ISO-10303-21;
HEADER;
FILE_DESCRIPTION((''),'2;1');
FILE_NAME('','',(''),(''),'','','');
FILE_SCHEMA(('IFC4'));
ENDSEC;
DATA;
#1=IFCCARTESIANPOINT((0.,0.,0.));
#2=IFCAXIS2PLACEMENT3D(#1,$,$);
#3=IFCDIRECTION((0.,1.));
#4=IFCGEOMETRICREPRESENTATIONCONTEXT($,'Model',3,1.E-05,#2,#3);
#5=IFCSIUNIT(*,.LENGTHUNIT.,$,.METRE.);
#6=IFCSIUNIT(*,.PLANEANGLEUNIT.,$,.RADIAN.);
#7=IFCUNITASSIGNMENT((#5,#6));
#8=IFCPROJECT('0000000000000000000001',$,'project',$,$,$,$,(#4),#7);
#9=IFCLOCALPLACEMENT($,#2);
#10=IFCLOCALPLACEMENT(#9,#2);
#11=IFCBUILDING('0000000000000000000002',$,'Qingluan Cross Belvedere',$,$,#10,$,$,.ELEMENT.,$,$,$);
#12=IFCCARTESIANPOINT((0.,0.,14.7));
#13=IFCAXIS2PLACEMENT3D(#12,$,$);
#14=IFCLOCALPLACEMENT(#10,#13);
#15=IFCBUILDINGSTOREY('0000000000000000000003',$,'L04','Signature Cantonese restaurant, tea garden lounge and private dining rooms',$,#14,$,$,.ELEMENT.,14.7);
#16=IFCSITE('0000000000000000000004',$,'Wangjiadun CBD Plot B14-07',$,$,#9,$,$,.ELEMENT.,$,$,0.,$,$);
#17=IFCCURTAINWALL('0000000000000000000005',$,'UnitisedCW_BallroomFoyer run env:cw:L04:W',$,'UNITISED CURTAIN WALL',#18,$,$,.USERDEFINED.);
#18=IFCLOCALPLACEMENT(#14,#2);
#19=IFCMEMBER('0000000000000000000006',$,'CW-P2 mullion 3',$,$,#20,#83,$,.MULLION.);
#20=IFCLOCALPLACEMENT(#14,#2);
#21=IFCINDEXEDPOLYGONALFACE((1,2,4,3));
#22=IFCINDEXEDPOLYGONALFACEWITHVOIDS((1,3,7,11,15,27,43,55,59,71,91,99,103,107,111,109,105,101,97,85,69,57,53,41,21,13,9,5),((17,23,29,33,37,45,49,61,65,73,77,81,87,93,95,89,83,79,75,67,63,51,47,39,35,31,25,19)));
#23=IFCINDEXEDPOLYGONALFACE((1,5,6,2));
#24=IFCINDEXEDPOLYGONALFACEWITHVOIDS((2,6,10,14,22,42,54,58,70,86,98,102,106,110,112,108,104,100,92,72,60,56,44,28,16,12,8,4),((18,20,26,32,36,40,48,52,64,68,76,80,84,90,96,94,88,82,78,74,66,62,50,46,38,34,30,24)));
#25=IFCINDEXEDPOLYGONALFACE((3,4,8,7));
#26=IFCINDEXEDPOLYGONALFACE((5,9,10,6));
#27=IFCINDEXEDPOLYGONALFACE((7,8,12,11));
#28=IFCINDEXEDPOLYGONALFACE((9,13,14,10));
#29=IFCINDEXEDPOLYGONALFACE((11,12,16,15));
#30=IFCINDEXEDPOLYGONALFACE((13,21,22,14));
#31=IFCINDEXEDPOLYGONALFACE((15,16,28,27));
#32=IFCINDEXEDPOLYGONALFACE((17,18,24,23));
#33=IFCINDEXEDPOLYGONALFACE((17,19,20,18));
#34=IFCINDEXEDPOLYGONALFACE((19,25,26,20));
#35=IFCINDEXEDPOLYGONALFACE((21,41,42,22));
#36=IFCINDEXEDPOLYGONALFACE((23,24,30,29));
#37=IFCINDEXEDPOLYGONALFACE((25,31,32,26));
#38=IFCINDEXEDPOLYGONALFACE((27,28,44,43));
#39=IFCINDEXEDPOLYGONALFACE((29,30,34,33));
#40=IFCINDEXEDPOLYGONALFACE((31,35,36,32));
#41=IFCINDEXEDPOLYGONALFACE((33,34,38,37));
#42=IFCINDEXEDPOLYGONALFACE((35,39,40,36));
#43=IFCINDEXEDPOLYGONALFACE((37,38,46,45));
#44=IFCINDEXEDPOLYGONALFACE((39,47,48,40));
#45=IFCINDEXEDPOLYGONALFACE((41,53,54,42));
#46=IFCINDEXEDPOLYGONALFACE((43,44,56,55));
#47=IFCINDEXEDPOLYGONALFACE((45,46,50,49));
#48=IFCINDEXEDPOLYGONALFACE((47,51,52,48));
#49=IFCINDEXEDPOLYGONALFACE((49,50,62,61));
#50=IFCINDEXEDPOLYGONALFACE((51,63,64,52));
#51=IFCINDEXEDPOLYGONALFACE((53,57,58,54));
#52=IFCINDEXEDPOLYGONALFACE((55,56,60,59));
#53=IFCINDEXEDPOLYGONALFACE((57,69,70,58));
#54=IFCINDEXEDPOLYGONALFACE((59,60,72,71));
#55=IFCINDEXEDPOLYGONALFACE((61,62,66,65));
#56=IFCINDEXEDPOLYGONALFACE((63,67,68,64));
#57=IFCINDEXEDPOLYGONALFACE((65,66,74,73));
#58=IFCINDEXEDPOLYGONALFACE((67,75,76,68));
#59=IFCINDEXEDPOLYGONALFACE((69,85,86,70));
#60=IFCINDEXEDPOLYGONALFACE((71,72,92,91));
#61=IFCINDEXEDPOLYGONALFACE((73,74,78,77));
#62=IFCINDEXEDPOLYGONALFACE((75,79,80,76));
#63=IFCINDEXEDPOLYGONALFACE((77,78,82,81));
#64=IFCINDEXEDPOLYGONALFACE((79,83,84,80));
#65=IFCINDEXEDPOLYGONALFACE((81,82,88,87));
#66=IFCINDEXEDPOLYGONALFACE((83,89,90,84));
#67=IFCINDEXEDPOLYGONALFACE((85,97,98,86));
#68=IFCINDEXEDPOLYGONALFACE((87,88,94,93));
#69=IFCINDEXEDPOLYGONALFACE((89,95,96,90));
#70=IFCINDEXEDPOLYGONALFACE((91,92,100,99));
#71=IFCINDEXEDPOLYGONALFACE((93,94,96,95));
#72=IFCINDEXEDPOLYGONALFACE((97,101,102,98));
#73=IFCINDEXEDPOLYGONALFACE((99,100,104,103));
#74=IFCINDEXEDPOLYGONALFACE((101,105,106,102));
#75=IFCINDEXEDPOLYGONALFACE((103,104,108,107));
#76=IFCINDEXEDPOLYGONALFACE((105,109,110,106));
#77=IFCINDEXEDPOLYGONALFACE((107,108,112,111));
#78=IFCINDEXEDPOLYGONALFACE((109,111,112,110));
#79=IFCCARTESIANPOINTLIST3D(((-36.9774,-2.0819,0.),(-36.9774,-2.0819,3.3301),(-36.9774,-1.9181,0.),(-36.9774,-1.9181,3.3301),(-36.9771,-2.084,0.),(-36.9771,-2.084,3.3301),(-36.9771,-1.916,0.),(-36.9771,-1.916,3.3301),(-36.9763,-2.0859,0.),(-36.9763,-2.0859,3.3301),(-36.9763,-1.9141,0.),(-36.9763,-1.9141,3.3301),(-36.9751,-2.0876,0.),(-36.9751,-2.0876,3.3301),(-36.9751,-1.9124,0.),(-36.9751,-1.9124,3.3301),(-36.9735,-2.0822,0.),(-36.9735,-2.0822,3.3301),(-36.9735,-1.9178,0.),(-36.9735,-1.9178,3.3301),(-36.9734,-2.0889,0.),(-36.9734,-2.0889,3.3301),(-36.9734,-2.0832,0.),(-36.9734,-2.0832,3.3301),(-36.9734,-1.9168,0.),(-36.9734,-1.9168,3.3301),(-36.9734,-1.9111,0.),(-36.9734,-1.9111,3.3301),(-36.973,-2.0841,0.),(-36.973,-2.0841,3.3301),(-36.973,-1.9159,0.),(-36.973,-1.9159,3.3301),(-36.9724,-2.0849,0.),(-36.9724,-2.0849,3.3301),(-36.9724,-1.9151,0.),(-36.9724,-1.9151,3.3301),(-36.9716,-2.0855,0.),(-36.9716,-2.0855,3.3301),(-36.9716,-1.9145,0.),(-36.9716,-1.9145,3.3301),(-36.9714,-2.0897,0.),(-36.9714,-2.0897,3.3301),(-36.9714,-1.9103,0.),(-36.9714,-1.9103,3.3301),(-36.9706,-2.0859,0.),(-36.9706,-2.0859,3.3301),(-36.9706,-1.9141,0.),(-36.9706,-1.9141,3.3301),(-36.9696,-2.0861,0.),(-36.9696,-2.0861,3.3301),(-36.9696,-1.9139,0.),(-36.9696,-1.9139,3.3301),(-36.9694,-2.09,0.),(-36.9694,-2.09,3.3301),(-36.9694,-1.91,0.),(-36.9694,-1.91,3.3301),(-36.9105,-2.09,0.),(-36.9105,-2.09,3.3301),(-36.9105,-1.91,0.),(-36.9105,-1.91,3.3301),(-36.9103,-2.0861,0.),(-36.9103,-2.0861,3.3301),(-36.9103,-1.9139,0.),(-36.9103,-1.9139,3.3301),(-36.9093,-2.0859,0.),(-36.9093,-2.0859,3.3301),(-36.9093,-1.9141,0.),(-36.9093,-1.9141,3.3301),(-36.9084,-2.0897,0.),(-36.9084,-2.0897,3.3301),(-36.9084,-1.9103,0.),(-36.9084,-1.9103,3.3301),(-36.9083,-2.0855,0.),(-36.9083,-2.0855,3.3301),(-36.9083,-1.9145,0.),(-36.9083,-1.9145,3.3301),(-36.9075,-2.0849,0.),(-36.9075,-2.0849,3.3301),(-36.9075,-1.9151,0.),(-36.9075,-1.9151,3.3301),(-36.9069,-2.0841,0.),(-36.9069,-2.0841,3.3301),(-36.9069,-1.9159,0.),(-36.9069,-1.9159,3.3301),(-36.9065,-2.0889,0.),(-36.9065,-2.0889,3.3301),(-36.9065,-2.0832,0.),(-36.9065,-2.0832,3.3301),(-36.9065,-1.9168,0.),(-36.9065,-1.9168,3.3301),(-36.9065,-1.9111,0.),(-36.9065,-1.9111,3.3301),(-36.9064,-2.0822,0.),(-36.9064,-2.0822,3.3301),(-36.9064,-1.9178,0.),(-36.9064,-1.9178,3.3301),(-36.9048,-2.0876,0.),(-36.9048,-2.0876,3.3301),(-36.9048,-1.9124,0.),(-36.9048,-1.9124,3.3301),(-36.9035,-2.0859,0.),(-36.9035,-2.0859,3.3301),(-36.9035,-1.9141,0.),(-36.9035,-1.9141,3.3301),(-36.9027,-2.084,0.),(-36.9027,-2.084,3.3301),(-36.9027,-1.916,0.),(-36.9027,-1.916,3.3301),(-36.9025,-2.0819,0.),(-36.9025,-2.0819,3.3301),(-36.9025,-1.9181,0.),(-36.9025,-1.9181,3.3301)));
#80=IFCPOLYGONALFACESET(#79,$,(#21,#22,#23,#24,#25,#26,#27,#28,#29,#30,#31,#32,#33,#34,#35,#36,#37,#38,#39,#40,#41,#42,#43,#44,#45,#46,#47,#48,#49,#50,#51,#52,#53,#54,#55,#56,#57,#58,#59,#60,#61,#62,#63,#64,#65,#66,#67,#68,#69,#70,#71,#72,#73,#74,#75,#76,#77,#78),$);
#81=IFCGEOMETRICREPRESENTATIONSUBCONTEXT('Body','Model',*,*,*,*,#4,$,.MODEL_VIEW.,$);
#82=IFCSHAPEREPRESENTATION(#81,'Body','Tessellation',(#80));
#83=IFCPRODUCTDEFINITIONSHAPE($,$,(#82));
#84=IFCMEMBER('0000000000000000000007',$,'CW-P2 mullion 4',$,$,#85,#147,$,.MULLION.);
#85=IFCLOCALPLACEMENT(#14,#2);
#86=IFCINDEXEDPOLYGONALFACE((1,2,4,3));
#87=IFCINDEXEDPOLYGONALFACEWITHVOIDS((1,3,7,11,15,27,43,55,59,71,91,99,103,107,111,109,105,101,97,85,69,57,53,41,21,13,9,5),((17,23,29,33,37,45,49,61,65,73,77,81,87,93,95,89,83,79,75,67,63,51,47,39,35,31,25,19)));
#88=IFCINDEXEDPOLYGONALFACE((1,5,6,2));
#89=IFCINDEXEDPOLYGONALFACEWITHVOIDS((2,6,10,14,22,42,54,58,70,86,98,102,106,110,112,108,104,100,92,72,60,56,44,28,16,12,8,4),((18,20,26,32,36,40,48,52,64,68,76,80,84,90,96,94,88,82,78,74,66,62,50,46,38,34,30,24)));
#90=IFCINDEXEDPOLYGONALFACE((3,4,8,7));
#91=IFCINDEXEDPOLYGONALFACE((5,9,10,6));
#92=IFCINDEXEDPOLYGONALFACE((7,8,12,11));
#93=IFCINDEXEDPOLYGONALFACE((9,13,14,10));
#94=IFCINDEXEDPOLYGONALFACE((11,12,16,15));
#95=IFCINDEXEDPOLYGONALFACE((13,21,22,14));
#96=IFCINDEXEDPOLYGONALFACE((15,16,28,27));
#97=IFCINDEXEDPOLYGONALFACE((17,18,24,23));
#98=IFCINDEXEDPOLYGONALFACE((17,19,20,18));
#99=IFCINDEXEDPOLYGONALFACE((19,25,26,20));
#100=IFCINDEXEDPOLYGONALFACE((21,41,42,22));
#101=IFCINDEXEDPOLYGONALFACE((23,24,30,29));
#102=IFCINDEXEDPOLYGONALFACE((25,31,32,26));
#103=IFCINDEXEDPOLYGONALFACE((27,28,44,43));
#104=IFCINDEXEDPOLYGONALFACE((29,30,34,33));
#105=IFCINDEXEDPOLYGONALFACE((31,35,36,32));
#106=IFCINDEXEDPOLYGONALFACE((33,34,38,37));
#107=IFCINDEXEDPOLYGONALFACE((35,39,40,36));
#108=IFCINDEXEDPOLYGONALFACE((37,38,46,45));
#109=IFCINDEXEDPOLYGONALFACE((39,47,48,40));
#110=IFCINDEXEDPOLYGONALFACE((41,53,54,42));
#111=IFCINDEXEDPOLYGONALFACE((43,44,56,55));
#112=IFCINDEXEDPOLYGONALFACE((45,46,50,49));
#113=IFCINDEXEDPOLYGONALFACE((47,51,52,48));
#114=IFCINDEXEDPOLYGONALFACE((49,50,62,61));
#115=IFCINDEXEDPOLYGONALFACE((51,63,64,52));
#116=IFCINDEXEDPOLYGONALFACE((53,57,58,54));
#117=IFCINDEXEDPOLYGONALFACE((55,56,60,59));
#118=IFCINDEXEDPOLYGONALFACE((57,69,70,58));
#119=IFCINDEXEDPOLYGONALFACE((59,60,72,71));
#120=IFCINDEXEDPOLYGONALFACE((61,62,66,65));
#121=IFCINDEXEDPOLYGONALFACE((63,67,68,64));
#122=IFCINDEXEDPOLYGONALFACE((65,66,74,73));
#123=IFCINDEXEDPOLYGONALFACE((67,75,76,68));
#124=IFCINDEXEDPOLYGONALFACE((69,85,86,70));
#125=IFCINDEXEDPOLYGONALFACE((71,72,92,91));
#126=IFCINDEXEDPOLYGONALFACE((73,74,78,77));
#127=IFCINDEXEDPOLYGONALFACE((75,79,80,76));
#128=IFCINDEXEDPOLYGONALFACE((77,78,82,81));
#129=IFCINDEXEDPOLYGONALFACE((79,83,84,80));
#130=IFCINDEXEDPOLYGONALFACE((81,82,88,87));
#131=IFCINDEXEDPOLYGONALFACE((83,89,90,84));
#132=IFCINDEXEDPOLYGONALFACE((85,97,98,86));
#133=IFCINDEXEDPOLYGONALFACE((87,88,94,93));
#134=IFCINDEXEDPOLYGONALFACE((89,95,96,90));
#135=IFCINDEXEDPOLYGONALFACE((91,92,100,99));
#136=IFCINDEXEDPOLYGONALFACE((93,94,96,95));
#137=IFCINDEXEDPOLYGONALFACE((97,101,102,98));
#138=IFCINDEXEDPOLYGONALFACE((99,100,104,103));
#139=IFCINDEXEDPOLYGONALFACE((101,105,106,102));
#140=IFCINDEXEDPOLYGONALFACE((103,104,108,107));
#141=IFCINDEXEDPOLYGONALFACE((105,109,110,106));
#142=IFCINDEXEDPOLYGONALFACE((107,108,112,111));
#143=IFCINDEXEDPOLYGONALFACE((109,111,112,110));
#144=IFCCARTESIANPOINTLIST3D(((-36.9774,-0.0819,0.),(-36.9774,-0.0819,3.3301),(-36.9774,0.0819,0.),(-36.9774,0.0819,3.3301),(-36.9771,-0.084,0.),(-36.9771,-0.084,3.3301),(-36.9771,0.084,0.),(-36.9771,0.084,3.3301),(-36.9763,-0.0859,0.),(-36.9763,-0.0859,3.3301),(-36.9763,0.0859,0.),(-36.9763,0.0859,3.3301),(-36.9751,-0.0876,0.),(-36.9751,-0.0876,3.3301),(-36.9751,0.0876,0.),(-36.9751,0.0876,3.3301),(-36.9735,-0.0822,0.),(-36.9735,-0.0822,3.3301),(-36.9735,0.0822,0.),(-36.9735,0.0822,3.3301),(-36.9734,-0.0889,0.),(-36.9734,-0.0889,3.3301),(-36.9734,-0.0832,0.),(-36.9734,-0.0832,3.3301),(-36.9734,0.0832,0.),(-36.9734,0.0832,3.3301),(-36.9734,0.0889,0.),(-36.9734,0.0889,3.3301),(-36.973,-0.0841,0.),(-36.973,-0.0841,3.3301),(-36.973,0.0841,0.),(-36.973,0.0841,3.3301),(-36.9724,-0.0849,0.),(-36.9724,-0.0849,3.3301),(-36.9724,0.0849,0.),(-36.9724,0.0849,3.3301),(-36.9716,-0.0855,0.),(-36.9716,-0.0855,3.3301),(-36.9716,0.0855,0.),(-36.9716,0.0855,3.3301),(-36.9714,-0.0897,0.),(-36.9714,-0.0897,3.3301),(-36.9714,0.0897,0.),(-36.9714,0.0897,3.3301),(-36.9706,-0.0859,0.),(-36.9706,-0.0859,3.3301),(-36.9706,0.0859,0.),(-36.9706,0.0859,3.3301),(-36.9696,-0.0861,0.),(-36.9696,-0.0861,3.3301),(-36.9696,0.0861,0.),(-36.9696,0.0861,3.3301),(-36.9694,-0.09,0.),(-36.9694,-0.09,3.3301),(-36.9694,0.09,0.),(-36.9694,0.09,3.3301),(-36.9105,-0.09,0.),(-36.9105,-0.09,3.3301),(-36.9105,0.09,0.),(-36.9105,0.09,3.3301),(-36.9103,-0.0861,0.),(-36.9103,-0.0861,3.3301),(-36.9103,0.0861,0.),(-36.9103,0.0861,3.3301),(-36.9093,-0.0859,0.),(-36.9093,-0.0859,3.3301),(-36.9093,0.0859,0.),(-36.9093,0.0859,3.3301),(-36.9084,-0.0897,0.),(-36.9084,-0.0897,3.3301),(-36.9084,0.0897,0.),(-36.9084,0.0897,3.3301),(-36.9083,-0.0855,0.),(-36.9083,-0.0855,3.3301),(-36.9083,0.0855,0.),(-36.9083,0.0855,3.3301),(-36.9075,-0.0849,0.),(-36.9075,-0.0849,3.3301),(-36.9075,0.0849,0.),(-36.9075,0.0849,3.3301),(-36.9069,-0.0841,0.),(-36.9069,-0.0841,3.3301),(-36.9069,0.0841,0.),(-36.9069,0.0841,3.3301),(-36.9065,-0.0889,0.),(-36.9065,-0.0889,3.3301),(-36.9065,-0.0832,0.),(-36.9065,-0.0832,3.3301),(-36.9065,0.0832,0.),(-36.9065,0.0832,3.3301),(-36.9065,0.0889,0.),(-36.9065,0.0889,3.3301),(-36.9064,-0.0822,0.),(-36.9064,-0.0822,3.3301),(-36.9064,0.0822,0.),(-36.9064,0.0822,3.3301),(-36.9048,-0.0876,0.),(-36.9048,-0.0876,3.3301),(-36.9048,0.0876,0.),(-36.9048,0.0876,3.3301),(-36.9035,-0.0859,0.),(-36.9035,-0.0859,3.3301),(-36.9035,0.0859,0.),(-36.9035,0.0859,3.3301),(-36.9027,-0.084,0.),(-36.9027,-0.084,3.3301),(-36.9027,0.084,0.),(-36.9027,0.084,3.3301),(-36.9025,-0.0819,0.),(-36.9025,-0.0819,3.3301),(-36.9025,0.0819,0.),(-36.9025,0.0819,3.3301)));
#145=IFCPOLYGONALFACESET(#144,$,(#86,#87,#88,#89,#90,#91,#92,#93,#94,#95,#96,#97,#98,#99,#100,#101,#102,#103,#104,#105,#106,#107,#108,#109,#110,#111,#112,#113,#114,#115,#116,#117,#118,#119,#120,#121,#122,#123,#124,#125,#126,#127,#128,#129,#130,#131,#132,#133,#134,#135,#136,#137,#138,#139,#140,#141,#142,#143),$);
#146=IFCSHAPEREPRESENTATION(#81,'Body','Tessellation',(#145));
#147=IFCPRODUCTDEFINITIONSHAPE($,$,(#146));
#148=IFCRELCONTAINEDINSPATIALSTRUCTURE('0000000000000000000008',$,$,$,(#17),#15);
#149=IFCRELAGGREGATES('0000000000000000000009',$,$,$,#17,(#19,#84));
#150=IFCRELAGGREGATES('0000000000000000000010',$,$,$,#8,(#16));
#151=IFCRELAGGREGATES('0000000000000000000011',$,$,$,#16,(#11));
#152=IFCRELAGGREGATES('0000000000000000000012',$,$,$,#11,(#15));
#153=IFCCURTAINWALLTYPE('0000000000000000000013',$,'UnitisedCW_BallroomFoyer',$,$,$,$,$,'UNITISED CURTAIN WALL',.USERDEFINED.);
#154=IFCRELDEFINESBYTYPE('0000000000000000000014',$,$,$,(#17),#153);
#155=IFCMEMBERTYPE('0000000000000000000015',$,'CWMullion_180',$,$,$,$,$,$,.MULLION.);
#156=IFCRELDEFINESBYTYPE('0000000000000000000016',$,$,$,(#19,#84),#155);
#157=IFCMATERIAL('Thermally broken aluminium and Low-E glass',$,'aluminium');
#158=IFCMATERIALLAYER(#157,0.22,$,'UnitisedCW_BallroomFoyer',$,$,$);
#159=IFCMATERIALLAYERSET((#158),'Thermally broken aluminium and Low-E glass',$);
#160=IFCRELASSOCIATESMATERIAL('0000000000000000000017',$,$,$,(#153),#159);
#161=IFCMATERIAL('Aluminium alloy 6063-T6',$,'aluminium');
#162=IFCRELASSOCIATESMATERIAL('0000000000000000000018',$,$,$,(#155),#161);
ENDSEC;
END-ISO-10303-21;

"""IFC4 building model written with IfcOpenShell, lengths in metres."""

from ifc_helpers import new_model, si_unit, direction, frame, origin, origin_2d, place, context, subcontext, project, spatial, hollow_rectangle, extrude, material, layer, layer_set, material_profile, profile_set, type_object, element, aggregate, save


model = new_model("IFC4")

# Units and contexts
model_context = context("Model", 3, precision=1e-05, world=origin(), true_north=direction((0.0, 1.0)))
body_context = subcontext(model_context, "Body", "Model", "MODEL_VIEW")
ifc_project = project(units=[si_unit("LENGTHUNIT", "METRE"), si_unit("PLANEANGLEUNIT", "RADIAN")], contexts=[model_context])

# Site, building, storey
site_placement = place(None, origin())
site = spatial("IfcSite", under=ifc_project, at=site_placement, Name="Wangjiadun CBD Plot B14-07", CompositionType="ELEMENT", RefElevation=0.0)
building_placement = place(site_placement, origin())
building = spatial("IfcBuilding", under=site, at=building_placement, Name="Qingluan Cross Belvedere", CompositionType="ELEMENT")
storey_placement = place(building_placement, frame((0.0, 0.0, 14.7)))
storey = spatial("IfcBuildingStorey", under=building, at=storey_placement, Name="L04", Description="Signature Cantonese restaurant, tea garden lounge and private dining rooms", CompositionType="ELEMENT", Elevation=14.7)

# Curtain wall, members
ifc_material_1 = material(Name="Thermally broken aluminium and Low-E glass", Category="aluminium")
ifc_layer_1 = layer(ifc_material_1, 0.22, Name="UnitisedCW_BallroomFoyer")
ifc_layer_set_1 = layer_set([ifc_layer_1], Name="Thermally broken aluminium and Low-E glass")
curtain_wall_type = type_object("IfcCurtainWallType", Name="UnitisedCW_BallroomFoyer", ElementType="UNITISED CURTAIN WALL", PredefinedType="USERDEFINED", material=ifc_layer_set_1)
curtain_wall_placement = place(storey_placement, origin())
curtain_wall = element("IfcCurtainWall", 1, at=curtain_wall_placement, inside=storey, type_object=curtain_wall_type, Name="UnitisedCW_BallroomFoyer run env:cw:L04:W", ObjectType="UNITISED CURTAIN WALL", PredefinedType="USERDEFINED")
ifc_material_2 = material(Name="Aluminium alloy 6063-T6", Category="aluminium")
ifc_material_profile_1 = material_profile(ifc_material_2, hollow_rectangle(XDim=0.075, YDim=0.1799, WallThickness=0.0039, InnerFilletRadius=0.0039, OuterFilletRadius=0.0081, at=origin_2d()), Name="CWM180x75x4")
ifc_profile_set_1 = profile_set([ifc_material_profile_1], Name="Aluminium alloy 6063-T6")
member_type_1 = type_object("IfcMemberType", Name="CWMullion_180", PredefinedType="MULLION", material=ifc_profile_set_1)
member_1_placement = place(storey_placement, frame((-36.9399, -2.0, 0.0), z_axis=(0.0, 0.0, 1.0), x_axis=(-1.0, 0.0, 0.0)))
member_1 = element("IfcMember", 2, at=member_1_placement, type_object=member_type_1, Name="CW-P2 mullion 3", PredefinedType="MULLION", context=body_context, shape_type="SweptSolid", body=[
    extrude(hollow_rectangle(XDim=0.075, YDim=0.1799, WallThickness=0.0039, InnerFilletRadius=0.0039, OuterFilletRadius=0.0081, at=origin_2d()), origin(), (0.0, 0.0, 1.0), 3.3301),
])
member_2_placement = place(storey_placement, frame((-36.9399, 0.0, 0.0), z_axis=(0.0, 0.0, 1.0), x_axis=(-1.0, 0.0, 0.0)))
member_2 = element("IfcMember", 3, at=member_2_placement, type_object=member_type_1, Name="CW-P2 mullion 4", PredefinedType="MULLION", context=body_context, shape_type="SweptSolid", body=[
    extrude(hollow_rectangle(XDim=0.075, YDim=0.1799, WallThickness=0.0039, InnerFilletRadius=0.0039, OuterFilletRadius=0.0081, at=origin_2d()), origin(), (0.0, 0.0, 1.0), 3.3301),
])

aggregate(curtain_wall, [member_1, member_2])

save(model, "model.ifc")
